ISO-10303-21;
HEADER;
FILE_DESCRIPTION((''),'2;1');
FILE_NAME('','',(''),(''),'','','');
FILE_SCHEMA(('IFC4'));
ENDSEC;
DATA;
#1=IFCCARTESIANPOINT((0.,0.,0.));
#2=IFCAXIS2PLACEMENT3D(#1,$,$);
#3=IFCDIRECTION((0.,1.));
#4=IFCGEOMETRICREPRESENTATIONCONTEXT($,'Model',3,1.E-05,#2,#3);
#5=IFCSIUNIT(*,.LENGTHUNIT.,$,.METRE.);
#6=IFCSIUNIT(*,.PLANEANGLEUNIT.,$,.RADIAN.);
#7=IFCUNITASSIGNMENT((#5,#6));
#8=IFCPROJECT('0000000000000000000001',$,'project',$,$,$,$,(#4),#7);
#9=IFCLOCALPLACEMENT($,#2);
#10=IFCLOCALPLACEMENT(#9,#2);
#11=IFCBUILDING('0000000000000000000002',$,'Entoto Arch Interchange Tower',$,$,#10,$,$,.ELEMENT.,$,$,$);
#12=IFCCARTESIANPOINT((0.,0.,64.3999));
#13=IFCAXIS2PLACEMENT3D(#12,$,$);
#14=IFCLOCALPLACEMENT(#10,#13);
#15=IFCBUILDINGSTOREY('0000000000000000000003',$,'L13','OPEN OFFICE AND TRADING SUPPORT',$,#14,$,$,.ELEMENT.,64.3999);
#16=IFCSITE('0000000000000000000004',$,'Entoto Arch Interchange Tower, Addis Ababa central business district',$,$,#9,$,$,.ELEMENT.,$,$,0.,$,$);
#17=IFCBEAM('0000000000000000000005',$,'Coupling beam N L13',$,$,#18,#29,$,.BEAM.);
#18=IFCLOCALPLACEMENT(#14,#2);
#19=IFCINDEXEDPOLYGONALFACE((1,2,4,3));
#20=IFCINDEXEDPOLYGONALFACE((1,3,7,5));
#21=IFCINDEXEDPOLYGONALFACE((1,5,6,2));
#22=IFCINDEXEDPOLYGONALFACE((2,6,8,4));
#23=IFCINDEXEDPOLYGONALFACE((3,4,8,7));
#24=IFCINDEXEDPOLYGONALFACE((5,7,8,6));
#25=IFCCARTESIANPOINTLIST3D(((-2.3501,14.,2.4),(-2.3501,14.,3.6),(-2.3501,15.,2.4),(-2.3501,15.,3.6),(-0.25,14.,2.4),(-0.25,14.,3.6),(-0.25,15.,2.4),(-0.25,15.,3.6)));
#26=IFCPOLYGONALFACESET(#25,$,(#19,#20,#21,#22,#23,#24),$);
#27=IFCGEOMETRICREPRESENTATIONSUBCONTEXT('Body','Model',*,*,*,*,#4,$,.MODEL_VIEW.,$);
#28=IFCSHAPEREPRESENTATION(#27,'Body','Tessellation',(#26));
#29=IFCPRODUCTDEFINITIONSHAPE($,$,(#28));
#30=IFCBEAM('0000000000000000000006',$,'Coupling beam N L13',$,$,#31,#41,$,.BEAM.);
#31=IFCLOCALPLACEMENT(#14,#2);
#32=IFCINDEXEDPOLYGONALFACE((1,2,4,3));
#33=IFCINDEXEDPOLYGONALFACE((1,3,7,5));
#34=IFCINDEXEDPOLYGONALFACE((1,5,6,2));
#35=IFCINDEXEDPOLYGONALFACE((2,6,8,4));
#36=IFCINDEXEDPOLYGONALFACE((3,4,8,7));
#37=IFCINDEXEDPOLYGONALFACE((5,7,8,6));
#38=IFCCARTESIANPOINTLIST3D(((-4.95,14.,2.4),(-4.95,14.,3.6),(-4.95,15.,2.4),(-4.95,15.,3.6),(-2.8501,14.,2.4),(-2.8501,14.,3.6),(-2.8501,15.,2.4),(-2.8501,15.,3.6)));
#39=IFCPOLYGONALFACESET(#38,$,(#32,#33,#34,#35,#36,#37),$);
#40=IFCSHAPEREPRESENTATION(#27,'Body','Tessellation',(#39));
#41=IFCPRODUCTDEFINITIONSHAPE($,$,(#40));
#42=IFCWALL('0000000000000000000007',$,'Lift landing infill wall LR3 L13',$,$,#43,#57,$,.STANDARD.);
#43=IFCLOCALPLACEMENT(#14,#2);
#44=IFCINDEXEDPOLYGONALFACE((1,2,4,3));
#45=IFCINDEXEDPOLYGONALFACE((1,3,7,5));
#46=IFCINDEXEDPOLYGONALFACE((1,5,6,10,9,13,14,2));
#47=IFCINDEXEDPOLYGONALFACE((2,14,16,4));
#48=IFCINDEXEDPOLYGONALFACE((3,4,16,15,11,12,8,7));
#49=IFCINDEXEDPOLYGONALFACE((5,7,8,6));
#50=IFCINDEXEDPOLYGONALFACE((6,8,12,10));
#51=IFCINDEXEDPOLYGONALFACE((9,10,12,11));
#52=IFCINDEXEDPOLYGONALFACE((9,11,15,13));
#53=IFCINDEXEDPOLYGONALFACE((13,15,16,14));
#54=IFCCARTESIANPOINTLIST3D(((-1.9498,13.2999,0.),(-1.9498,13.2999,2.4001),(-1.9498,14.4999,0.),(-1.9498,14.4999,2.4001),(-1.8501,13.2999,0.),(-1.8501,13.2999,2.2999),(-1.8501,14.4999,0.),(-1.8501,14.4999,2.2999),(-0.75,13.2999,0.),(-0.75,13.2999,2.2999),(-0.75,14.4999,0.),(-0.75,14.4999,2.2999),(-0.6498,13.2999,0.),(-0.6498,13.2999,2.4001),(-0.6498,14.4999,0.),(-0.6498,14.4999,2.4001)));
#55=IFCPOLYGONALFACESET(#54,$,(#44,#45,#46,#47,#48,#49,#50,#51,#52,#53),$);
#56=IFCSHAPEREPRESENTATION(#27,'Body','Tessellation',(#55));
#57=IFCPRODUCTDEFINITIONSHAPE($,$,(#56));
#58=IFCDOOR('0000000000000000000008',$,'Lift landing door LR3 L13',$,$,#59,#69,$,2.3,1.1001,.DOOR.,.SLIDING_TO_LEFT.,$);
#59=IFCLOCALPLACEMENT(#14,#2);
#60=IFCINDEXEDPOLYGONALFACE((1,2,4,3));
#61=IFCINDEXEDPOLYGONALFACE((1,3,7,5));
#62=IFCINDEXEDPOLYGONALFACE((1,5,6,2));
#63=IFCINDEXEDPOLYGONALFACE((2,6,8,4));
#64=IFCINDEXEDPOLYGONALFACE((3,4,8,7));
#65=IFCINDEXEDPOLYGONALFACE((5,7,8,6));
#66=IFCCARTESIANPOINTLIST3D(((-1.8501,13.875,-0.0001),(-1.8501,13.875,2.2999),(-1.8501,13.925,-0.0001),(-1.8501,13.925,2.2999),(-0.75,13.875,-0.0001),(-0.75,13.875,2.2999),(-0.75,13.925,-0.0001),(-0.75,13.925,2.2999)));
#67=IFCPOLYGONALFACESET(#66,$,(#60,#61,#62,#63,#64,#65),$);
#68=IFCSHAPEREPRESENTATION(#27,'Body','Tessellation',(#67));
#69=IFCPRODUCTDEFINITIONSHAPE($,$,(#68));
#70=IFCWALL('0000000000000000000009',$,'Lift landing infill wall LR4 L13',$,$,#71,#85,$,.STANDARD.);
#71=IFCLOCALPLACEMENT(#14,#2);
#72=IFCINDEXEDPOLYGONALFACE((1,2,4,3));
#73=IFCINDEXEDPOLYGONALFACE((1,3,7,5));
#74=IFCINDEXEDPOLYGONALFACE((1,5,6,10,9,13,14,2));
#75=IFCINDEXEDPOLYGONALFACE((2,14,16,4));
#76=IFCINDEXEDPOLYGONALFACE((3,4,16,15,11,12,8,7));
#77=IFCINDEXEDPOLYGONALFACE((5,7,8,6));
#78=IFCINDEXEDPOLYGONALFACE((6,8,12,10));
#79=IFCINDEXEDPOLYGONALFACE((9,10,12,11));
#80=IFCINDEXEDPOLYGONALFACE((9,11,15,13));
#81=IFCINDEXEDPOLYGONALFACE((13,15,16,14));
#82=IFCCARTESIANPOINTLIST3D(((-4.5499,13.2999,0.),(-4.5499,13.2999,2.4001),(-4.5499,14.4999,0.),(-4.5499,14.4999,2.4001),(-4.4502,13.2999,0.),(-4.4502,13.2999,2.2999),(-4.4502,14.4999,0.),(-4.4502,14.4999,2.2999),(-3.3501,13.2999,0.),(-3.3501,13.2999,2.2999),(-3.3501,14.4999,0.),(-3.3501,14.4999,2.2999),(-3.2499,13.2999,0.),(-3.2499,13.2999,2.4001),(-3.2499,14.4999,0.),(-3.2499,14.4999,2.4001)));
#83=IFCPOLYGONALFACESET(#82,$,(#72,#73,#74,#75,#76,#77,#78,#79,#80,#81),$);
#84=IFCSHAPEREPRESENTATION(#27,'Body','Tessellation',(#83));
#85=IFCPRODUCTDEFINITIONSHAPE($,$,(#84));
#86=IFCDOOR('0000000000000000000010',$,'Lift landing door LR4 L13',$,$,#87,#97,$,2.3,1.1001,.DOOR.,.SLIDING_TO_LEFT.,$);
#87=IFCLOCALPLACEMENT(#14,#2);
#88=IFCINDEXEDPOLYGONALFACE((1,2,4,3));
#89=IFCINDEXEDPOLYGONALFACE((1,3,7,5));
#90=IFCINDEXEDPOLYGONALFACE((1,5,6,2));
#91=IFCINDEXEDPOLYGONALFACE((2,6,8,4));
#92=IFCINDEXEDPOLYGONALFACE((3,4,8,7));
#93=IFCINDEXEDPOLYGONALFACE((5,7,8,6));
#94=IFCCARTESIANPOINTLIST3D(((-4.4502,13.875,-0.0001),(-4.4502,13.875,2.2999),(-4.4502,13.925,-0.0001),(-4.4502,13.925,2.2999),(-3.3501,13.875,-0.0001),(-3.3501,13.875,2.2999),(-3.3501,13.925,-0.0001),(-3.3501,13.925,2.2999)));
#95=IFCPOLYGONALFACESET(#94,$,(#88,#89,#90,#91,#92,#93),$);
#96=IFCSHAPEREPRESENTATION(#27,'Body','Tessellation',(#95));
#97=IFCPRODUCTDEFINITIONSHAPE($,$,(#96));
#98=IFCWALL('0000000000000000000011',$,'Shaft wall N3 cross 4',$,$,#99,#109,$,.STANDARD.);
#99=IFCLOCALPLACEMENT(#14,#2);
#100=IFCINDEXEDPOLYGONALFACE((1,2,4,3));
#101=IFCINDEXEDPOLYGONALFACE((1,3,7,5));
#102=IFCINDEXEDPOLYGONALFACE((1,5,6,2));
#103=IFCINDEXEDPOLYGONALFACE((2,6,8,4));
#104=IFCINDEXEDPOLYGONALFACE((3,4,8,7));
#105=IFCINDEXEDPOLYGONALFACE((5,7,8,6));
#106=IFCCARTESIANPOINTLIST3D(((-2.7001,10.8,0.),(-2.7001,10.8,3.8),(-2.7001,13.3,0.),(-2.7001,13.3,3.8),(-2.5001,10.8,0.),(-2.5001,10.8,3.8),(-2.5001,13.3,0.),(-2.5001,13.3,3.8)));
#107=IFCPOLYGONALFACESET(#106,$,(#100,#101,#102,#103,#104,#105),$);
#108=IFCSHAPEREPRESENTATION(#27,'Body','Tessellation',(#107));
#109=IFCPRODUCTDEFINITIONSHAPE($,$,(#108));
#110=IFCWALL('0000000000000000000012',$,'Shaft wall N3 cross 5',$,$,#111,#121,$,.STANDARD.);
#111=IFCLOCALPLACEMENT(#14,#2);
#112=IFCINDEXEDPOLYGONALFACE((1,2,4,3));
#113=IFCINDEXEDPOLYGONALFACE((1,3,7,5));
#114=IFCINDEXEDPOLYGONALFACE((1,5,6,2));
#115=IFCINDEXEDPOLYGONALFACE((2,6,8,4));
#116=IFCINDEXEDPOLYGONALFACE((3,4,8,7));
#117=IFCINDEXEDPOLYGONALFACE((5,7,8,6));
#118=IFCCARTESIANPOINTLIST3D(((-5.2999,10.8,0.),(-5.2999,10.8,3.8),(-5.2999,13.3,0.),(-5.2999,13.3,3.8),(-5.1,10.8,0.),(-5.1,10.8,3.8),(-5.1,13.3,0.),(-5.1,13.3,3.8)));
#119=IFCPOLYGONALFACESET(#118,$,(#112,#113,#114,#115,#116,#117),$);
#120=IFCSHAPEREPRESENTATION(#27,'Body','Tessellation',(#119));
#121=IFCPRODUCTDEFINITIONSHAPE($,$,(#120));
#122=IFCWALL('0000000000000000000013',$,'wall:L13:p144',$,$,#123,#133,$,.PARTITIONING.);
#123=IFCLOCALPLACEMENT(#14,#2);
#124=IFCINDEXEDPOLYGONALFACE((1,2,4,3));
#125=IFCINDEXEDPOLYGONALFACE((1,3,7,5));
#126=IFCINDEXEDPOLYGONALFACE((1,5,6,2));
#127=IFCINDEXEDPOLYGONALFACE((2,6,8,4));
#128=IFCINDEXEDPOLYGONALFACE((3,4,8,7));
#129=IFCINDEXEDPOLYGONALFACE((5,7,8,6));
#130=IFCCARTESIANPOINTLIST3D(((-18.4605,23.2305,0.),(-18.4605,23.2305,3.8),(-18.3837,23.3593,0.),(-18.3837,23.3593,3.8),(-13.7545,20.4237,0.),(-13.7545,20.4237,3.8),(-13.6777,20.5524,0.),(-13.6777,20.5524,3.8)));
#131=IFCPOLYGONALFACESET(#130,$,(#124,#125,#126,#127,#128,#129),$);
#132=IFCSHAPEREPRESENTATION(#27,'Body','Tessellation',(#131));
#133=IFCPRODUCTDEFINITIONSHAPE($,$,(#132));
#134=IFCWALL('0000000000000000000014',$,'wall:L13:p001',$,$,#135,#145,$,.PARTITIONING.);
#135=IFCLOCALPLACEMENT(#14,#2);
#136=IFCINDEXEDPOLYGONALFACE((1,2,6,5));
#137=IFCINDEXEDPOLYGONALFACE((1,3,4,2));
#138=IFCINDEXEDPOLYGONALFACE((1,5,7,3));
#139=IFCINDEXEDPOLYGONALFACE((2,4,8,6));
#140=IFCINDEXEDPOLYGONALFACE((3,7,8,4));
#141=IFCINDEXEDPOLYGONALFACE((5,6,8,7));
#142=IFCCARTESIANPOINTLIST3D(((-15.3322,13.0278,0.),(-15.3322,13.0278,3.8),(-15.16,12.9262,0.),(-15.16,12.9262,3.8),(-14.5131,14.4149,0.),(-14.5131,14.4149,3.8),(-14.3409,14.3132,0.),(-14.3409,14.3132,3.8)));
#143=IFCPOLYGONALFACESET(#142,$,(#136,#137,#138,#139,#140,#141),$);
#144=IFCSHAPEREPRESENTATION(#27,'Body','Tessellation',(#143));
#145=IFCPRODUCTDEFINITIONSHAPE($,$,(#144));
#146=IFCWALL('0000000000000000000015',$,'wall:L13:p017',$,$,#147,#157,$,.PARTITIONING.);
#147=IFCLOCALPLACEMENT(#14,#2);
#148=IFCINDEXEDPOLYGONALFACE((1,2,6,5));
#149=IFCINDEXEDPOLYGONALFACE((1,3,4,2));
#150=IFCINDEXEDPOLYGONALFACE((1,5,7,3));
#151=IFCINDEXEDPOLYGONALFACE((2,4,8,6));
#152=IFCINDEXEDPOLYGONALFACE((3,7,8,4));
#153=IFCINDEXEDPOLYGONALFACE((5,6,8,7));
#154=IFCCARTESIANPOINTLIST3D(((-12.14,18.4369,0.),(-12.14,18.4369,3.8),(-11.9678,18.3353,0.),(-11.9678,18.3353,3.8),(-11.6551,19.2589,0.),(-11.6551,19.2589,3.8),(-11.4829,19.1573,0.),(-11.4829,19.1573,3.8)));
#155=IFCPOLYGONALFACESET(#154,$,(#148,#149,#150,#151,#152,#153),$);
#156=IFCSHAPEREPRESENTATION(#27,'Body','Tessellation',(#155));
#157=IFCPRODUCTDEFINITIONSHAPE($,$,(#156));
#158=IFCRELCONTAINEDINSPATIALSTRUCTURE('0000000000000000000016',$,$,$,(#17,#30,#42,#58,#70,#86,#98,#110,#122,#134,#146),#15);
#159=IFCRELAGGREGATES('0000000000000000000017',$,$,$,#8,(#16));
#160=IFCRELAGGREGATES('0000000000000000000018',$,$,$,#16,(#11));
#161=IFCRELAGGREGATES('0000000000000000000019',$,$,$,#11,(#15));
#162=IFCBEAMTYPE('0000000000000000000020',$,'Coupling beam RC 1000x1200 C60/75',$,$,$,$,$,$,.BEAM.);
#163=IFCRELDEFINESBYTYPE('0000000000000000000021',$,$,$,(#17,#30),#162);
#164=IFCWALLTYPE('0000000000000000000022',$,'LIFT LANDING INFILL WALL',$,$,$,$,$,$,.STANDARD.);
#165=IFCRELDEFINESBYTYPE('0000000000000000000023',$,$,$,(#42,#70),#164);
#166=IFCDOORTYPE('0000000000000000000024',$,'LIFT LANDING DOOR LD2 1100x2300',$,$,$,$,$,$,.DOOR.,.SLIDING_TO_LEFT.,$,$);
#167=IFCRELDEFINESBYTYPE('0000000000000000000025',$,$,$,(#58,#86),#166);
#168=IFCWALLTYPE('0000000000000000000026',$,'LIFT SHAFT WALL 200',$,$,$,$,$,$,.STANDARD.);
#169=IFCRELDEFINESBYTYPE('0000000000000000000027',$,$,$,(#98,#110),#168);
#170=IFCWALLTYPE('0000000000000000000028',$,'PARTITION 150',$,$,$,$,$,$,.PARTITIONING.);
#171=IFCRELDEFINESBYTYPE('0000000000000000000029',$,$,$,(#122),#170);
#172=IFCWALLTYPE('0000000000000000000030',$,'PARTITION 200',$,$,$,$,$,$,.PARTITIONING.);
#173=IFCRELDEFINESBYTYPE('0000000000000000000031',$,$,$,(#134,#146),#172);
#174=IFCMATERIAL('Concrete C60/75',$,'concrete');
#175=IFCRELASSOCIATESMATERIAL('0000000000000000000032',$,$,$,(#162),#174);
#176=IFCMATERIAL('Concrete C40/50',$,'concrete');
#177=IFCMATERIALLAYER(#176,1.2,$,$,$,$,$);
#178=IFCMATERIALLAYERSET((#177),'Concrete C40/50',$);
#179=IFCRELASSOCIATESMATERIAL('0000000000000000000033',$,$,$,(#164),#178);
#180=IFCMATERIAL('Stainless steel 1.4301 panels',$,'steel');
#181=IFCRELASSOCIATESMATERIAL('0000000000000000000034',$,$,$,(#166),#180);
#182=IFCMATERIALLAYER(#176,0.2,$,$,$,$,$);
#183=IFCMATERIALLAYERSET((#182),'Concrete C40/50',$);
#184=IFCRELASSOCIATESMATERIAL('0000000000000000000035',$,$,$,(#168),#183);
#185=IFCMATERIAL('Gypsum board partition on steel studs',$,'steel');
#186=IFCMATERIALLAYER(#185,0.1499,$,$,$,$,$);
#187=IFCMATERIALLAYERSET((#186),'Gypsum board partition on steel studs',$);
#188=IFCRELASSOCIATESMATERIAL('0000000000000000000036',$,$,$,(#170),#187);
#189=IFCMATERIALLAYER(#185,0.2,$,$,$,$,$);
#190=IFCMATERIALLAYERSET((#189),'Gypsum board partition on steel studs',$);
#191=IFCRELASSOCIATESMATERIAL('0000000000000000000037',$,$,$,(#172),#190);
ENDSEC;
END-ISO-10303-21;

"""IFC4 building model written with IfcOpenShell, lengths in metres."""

from ifc_helpers import new_model, si_unit, direction, frame, frame_2d, origin, origin_2d, place, context, subcontext, project, spatial, rectangle, extrude, material, layer, layer_set, material_profile, profile_set, type_object, element, fill, save


model = new_model("IFC4")

# Units and contexts
model_context = context("Model", 3, precision=1e-05, world=origin(), true_north=direction((0.0, 1.0)))
body_context = subcontext(model_context, "Body", "Model", "MODEL_VIEW")
ifc_project = project(units=[si_unit("LENGTHUNIT", "METRE"), si_unit("PLANEANGLEUNIT", "RADIAN")], contexts=[model_context])

# Site, building, storey
site_placement = place(None, origin())
site = spatial("IfcSite", under=ifc_project, at=site_placement, Name="Entoto Arch Interchange Tower, Addis Ababa central business district", CompositionType="ELEMENT", RefElevation=0.0)
building_placement = place(site_placement, origin())
building = spatial("IfcBuilding", under=site, at=building_placement, Name="Entoto Arch Interchange Tower", CompositionType="ELEMENT")
storey_placement = place(building_placement, frame((0.0, 0.0, 64.3999)))
storey = spatial("IfcBuildingStorey", under=building, at=storey_placement, Name="L13", Description="OPEN OFFICE AND TRADING SUPPORT", CompositionType="ELEMENT", Elevation=64.3999)

# Beams
ifc_material_1 = material(Name="Concrete C60/75", Category="concrete")
ifc_material_profile = material_profile(ifc_material_1, rectangle(XDim=1.0, YDim=1.2, at=origin_2d()))
ifc_profile_set = profile_set([ifc_material_profile], Name="Concrete C60/75")
beam_type = type_object("IfcBeamType", Name="Coupling beam RC 1000x1200 C60/75", PredefinedType="BEAM", material=ifc_profile_set)
beam_1_placement = place(storey_placement, frame((-0.25, 14.5, 3.0), z_axis=(-1.0, 0.0, 0.0), x_axis=(0.0, -1.0, 0.0)))
element("IfcBeam", 1, at=beam_1_placement, inside=storey, type_object=beam_type, Name="Coupling beam N L13", PredefinedType="BEAM", context=body_context, shape_type="SweptSolid", body=[
    extrude(rectangle(XDim=1.0, YDim=1.2, at=origin_2d()), origin(), (0.0, 0.0, 1.0), 2.1001),
])
beam_2_placement = place(storey_placement, frame((-2.8501, 14.5, 3.0), z_axis=(-1.0, 0.0, 0.0), x_axis=(0.0, -1.0, 0.0)))
element("IfcBeam", 2, at=beam_2_placement, inside=storey, type_object=beam_type, Name="Coupling beam N L13", PredefinedType="BEAM", context=body_context, shape_type="SweptSolid", body=[
    extrude(rectangle(XDim=1.0, YDim=1.2, at=origin_2d()), origin(), (0.0, 0.0, 1.0), 2.0999),
])

# Walls, openings, doors
ifc_material_2 = material(Name="Concrete C40/50", Category="concrete")
ifc_layer_1 = layer(ifc_material_2, 1.2)
ifc_layer_set_1 = layer_set([ifc_layer_1], Name="Concrete C40/50")
wall_type_1 = type_object("IfcWallType", Name="LIFT LANDING INFILL WALL", PredefinedType="STANDARD", material=ifc_layer_set_1)
wall_1_placement = place(storey_placement, frame((-0.6499, 13.8999, 0.0), z_axis=(0.0, 0.0, 1.0), x_axis=(-1.0, 0.0, 0.0)))
wall_1 = element("IfcWall", 3, at=wall_1_placement, inside=storey, type_object=wall_type_1, Name="Lift landing infill wall LR3 L13", PredefinedType="STANDARD", context=body_context, shape_type="SweptSolid", body=[
    extrude(rectangle(XDim=1.3, YDim=1.2, at=frame_2d((0.6499, 0.0))), origin(), (0.0, 0.0, 1.0), 2.4001),
])
opening_1_placement = place(wall_1_placement, frame((0.1001, 0.0, 0.0)))
opening_1 = element("IfcOpeningElement", 4, at=opening_1_placement, cuts=wall_1, PredefinedType="OPENING", context=body_context, shape_type="SweptSolid", body=[
    extrude(rectangle(XDim=1.1001, YDim=2.3, at=frame_2d((0.55, 1.1499))), frame((0.0, 0.6099, 0.0), z_axis=(0.0, -1.0, 0.0), x_axis=(1.0, 0.0, 0.0)), (0.0, 0.0, 1.0), 1.22),
])
ifc_material_3 = material(Name="Stainless steel 1.4301 panels", Category="steel")
door_type_1 = type_object("IfcDoorType", Name="LIFT LANDING DOOR LD2 1100x2300", OperationType="SLIDING_TO_LEFT", PredefinedType="DOOR", material=ifc_material_3)
door_1_placement = place(opening_1_placement, origin())
door_1 = element("IfcDoor", 5, at=door_1_placement, inside=storey, type_object=door_type_1, Name="Lift landing door LR3 L13", OperationType="SLIDING_TO_LEFT", OverallHeight=2.3, OverallWidth=1.1001, PredefinedType="DOOR", context=body_context, shape_type="SweptSolid", body=[
    extrude(rectangle(XDim=1.1001, YDim=2.3, at=frame_2d((0.55, 1.1499))), frame((0.0, 0.0249, 0.0), z_axis=(0.0, -1.0, 0.0), x_axis=(1.0, 0.0, 0.0)), (0.0, 0.0, 1.0), 0.05),
])
fill(opening_1, door_1)
wall_2_placement = place(storey_placement, frame((-3.25, 13.8999, 0.0), z_axis=(0.0, 0.0, 1.0), x_axis=(-1.0, 0.0, 0.0)))
wall_2 = element("IfcWall", 6, at=wall_2_placement, inside=storey, type_object=wall_type_1, Name="Lift landing infill wall LR4 L13", PredefinedType="STANDARD", context=body_context, shape_type="SweptSolid", body=[
    extrude(rectangle(XDim=1.3, YDim=1.2, at=frame_2d((0.6499, 0.0))), origin(), (0.0, 0.0, 1.0), 2.4001),
])
opening_2_placement = place(wall_2_placement, frame((0.1001, 0.0, 0.0)))
opening_2 = element("IfcOpeningElement", 7, at=opening_2_placement, cuts=wall_2, PredefinedType="OPENING", context=body_context, shape_type="SweptSolid", body=[
    extrude(rectangle(XDim=1.1001, YDim=2.3, at=frame_2d((0.55, 1.1499))), frame((0.0, 0.6099, 0.0), z_axis=(0.0, -1.0, 0.0), x_axis=(1.0, 0.0, 0.0)), (0.0, 0.0, 1.0), 1.22),
])
door_2_placement = place(opening_2_placement, origin())
door_2 = element("IfcDoor", 8, at=door_2_placement, inside=storey, type_object=door_type_1, Name="Lift landing door LR4 L13", OperationType="SLIDING_TO_LEFT", OverallHeight=2.3, OverallWidth=1.1001, PredefinedType="DOOR", context=body_context, shape_type="SweptSolid", body=[
    extrude(rectangle(XDim=1.1001, YDim=2.3, at=frame_2d((0.55, 1.1499))), frame((0.0, 0.0249, 0.0), z_axis=(0.0, -1.0, 0.0), x_axis=(1.0, 0.0, 0.0)), (0.0, 0.0, 1.0), 0.05),
])
fill(opening_2, door_2)

# Walls
ifc_layer_2 = layer(ifc_material_2, 0.2)
ifc_layer_set_2 = layer_set([ifc_layer_2], Name="Concrete C40/50")
wall_type_2 = type_object("IfcWallType", Name="LIFT SHAFT WALL 200", PredefinedType="STANDARD", material=ifc_layer_set_2)
for number, where, z_axis, x_axis, name in (
    (9, (-2.6001, 10.8, 0.0), (0.0, 0.0, 1.0), (0.0, 1.0, 0.0), "Shaft wall N3 cross 4"),
    (10, (-5.2, 10.8, 0.0), (0.0, 0.0, 1.0), (0.0, 1.0, 0.0), "Shaft wall N3 cross 5"),
):
    element("IfcWall", number, at=place(storey_placement, frame(where, z_axis=z_axis, x_axis=x_axis)), inside=storey, type_object=wall_type_2, Name=name, PredefinedType="STANDARD", context=body_context, shape_type="SweptSolid", body=[
        extrude(rectangle(XDim=2.5, YDim=0.2, at=frame_2d((1.25, 0.0))), origin(), (0.0, 0.0, 1.0), 3.8),
    ])
ifc_material_4 = material(Name="Gypsum board partition on steel studs", Category="steel")
ifc_layer_3 = layer(ifc_material_4, 0.1499)
ifc_layer_set_3 = layer_set([ifc_layer_3], Name="Gypsum board partition on steel studs")
wall_type_3 = type_object("IfcWallType", Name="PARTITION 150", PredefinedType="PARTITIONING", material=ifc_layer_set_3)
wall_3_placement = place(storey_placement, frame((-13.7161, 20.488, 0.0), z_axis=(0.0, 0.0, 1.0), x_axis=(-0.858838, 0.512247, 0.0)))
element("IfcWall", 11, at=wall_3_placement, inside=storey, type_object=wall_type_3, Name="wall:L13:p144", PredefinedType="PARTITIONING", context=body_context, shape_type="SweptSolid", body=[
    extrude(rectangle(XDim=5.4795, YDim=0.1499, at=frame_2d((2.7397, 0.0))), origin(), (0.0, 0.0, 1.0), 3.8),
])
ifc_layer_4 = layer(ifc_material_4, 0.2)
ifc_layer_set_4 = layer_set([ifc_layer_4], Name="Gypsum board partition on steel studs")
wall_type_4 = type_object("IfcWallType", Name="PARTITION 200", PredefinedType="PARTITIONING", material=ifc_layer_set_4)
wall_4_placement = place(storey_placement, frame((-14.427, 14.364, 0.0), z_axis=(0.0, 0.0, 1.0), x_axis=(-0.50851, -0.861056, 0.0)))
element("IfcWall", 12, at=wall_4_placement, inside=storey, type_object=wall_type_4, Name="wall:L13:p001", PredefinedType="PARTITIONING", context=body_context, shape_type="SweptSolid", body=[
    extrude(rectangle(XDim=1.6108, YDim=0.2, at=frame_2d((0.8054, 0.0))), origin(), (0.0, 0.0, 1.0), 3.8),
])
wall_5_placement = place(storey_placement, frame((-11.5691, 19.208, 0.0), z_axis=(0.0, 0.0, 1.0), x_axis=(-0.508048, -0.861329, 0.0)))
element("IfcWall", 13, at=wall_5_placement, inside=storey, type_object=wall_type_4, Name="wall:L13:p017", PredefinedType="PARTITIONING", context=body_context, shape_type="SweptSolid", body=[
    extrude(rectangle(XDim=0.9543, YDim=0.2, at=frame_2d((0.4771, 0.0))), origin(), (0.0, 0.0, 1.0), 3.8),
])

save(model, "model.ifc")
